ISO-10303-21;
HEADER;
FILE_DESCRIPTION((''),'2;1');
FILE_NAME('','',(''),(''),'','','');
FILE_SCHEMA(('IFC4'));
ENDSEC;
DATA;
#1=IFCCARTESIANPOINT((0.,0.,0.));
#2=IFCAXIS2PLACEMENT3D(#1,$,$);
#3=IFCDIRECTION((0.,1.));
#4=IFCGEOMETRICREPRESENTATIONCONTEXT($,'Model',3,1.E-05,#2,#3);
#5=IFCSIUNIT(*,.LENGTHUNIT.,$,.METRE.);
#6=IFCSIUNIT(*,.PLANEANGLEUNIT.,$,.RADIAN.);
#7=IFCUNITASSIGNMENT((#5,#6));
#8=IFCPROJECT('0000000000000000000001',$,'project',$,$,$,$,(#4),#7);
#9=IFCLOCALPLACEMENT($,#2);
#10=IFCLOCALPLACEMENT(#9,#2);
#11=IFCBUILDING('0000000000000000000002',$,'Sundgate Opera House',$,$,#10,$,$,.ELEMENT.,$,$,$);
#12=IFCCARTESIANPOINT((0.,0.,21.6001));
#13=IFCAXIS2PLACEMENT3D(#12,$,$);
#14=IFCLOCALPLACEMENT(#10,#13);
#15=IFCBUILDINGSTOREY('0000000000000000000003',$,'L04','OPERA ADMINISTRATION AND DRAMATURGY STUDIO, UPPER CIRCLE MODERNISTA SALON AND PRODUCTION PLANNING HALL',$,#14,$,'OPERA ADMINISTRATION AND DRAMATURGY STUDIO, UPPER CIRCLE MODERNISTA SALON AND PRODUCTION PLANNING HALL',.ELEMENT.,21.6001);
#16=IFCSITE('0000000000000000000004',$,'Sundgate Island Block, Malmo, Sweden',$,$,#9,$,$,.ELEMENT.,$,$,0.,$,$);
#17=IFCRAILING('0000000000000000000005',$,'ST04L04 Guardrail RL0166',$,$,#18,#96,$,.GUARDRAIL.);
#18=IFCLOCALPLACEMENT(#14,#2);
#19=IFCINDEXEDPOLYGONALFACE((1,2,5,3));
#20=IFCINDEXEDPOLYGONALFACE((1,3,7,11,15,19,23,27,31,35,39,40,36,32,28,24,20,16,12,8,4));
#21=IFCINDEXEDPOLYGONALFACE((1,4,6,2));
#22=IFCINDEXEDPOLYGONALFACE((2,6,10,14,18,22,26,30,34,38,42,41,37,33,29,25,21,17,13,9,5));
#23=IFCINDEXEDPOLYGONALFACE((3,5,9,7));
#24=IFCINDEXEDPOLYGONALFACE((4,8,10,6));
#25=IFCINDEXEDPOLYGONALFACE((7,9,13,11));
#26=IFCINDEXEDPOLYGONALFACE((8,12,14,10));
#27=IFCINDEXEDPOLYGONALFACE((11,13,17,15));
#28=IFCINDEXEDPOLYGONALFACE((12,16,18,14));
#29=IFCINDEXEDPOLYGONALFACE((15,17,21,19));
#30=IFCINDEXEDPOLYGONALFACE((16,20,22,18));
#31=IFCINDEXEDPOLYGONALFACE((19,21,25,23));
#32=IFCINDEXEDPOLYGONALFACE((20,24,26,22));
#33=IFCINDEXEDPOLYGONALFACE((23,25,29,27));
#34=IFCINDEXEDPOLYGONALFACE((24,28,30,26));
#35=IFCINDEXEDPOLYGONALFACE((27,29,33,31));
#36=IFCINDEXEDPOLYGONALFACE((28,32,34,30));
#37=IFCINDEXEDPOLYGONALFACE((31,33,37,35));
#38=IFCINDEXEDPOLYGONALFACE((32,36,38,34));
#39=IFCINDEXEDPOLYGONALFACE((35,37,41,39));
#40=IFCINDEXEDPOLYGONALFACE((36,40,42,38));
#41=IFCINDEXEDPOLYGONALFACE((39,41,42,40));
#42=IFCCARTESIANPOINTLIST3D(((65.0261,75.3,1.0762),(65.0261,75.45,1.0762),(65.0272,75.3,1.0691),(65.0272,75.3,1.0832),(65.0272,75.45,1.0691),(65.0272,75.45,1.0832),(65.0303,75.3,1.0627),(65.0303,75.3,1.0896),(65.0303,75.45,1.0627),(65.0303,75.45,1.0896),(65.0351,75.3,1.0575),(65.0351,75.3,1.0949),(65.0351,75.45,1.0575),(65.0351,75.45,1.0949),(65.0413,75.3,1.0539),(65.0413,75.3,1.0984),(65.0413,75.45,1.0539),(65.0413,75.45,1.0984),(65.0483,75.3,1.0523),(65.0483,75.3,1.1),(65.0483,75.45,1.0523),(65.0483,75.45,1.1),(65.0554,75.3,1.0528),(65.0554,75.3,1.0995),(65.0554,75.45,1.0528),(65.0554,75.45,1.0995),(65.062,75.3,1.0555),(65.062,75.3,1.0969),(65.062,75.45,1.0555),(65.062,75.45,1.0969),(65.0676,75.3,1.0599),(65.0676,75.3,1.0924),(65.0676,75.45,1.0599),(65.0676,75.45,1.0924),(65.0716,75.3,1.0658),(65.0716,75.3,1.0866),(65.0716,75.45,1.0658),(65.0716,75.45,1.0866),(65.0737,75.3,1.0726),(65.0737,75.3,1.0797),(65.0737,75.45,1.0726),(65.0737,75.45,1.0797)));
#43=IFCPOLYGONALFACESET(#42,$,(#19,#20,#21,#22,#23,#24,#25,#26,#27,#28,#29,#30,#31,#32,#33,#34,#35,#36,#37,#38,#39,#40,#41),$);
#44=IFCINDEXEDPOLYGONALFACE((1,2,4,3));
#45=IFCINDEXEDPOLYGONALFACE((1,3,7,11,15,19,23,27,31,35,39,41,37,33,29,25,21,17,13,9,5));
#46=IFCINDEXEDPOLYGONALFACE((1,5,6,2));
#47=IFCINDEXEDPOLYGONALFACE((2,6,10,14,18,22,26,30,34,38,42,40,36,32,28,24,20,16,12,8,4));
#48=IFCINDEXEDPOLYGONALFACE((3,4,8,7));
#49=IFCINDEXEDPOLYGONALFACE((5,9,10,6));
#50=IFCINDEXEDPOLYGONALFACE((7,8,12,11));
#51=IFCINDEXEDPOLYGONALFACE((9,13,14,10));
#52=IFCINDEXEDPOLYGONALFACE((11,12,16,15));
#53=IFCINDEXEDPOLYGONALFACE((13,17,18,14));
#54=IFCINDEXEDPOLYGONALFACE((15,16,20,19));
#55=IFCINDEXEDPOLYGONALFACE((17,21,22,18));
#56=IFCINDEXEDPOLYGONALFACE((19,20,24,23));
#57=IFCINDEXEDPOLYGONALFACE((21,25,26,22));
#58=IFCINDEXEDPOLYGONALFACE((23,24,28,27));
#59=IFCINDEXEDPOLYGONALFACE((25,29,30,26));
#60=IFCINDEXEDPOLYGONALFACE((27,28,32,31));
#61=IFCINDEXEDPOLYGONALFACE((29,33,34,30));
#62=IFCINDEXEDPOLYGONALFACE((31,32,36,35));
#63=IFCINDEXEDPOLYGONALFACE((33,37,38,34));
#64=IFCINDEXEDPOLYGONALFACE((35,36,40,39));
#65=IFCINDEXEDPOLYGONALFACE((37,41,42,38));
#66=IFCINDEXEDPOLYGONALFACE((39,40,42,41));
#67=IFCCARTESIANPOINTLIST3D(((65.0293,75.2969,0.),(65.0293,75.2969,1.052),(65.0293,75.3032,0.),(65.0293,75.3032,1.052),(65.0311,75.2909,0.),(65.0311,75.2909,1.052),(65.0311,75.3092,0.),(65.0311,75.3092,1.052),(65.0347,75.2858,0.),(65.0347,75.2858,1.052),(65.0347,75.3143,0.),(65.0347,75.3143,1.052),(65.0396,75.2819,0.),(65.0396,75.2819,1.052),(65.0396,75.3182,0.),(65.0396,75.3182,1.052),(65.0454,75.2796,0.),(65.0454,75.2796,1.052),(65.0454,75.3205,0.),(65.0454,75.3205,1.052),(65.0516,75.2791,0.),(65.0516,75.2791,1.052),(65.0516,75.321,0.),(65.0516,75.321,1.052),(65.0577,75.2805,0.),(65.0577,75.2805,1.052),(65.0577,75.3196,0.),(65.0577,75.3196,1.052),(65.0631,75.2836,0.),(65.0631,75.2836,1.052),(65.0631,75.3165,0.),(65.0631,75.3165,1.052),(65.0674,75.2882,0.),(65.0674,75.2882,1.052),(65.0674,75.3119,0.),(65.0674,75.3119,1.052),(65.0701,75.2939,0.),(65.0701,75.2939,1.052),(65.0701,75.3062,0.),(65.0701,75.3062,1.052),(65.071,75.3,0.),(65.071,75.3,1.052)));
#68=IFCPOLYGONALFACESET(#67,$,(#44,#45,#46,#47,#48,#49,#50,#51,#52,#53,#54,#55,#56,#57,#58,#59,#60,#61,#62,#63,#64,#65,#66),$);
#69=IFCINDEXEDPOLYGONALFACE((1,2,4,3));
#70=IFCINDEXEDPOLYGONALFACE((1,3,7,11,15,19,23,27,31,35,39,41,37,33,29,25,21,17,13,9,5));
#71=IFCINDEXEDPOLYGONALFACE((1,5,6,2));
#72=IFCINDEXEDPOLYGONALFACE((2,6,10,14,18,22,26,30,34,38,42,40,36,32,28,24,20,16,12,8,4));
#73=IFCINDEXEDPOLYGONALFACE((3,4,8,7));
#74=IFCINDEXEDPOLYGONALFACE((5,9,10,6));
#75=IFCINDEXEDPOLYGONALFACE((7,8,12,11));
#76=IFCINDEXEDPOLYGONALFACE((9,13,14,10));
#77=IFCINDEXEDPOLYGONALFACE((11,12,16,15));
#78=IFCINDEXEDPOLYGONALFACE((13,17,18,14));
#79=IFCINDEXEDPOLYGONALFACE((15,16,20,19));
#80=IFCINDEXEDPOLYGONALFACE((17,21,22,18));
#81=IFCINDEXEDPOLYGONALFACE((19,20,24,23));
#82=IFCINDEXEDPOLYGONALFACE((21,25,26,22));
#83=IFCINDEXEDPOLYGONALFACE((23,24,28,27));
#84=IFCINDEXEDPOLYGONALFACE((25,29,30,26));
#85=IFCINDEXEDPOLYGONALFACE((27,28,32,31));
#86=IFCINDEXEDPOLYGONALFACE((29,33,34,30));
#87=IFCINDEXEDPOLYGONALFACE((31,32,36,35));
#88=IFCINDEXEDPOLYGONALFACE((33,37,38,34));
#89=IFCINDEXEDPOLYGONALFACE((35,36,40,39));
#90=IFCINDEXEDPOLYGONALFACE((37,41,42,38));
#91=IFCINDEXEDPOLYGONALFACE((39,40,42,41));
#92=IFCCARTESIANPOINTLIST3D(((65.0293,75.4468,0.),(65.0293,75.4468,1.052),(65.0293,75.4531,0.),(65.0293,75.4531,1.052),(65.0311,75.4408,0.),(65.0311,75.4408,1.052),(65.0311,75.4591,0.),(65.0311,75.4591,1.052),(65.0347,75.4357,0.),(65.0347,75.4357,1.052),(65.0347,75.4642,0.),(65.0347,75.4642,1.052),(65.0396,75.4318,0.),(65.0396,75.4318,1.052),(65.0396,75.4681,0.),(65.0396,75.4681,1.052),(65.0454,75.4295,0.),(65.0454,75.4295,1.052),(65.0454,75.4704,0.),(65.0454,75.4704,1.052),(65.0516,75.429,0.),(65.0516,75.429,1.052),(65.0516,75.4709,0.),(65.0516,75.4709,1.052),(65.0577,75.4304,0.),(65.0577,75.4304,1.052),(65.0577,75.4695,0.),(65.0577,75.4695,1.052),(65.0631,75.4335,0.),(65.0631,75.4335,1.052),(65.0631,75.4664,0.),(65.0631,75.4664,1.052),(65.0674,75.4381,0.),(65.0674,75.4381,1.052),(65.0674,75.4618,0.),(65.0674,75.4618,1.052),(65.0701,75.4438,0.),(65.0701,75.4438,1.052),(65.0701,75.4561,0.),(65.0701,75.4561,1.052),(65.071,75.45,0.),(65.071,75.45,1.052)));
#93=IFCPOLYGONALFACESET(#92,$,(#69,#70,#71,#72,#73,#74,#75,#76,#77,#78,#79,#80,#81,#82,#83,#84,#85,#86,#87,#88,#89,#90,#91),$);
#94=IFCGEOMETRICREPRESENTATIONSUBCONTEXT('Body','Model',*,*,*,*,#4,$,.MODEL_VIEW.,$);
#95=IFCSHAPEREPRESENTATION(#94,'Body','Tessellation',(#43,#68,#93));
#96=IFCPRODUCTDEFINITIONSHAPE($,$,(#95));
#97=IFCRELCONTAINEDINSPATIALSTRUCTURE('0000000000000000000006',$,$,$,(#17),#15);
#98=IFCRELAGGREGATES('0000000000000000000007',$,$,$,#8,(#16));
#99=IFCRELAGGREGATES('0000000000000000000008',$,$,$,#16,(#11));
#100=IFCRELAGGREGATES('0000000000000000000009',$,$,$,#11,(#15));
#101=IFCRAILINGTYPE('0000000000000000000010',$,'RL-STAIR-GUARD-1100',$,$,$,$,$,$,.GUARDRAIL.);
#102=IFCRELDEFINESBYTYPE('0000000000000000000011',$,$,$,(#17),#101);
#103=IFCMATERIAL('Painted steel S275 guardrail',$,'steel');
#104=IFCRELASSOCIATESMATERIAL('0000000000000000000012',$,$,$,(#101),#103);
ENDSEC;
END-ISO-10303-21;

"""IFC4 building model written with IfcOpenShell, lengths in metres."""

from ifc_helpers import new_model, si_unit, direction, frame, origin, origin_2d, place, context, subcontext, project, spatial, circle, extrude, material, type_object, element, save


model = new_model("IFC4")

# Units and contexts
model_context = context("Model", 3, precision=1e-05, world=origin(), true_north=direction((0.0, 1.0)))
body_context = subcontext(model_context, "Body", "Model", "MODEL_VIEW")
ifc_project = project(units=[si_unit("LENGTHUNIT", "METRE"), si_unit("PLANEANGLEUNIT", "RADIAN")], contexts=[model_context])

# Site, building, storey
site_placement = place(None, origin())
site = spatial("IfcSite", under=ifc_project, at=site_placement, Name="Sundgate Island Block, Malmo, Sweden", CompositionType="ELEMENT", RefElevation=0.0)
building_placement = place(site_placement, origin())
building = spatial("IfcBuilding", under=site, at=building_placement, Name="Sundgate Opera House", CompositionType="ELEMENT")
storey_placement = place(building_placement, frame((0.0, 0.0, 21.6001)))
storey = spatial("IfcBuildingStorey", under=building, at=storey_placement, Name="L04", Description="OPERA ADMINISTRATION AND DRAMATURGY STUDIO, UPPER CIRCLE MODERNISTA SALON AND PRODUCTION PLANNING HALL", LongName="OPERA ADMINISTRATION AND DRAMATURGY STUDIO, UPPER CIRCLE MODERNISTA SALON AND PRODUCTION PLANNING HALL", CompositionType="ELEMENT", Elevation=21.6001)

# Railing
ifc_material_1 = material(Name="Painted steel S275 guardrail", Category="steel")
railing_type_1 = type_object("IfcRailingType", Name="RL-STAIR-GUARD-1100", PredefinedType="GUARDRAIL", material=ifc_material_1)
railing_1_placement = place(storey_placement, frame((65.05, 75.3, 0.0)))
element("IfcRailing", 1, at=railing_1_placement, inside=storey, type_object=railing_type_1, Name="ST04L04 Guardrail RL0166", PredefinedType="GUARDRAIL", context=body_context, shape_type="SweptSolid", body=[
    extrude(circle(Radius=0.0239, at=origin_2d()), frame((0.0, 0.0, 1.0762), z_axis=(0.0, 1.0, 0.0), x_axis=(-1.0, 0.0, 0.0)), (0.0, 0.0, 1.0), 0.1499),
    extrude(circle(Radius=0.021, at=origin_2d()), origin(), (0.0, 0.0, 1.0), 1.052),
    extrude(circle(Radius=0.021, at=origin_2d()), frame((0.0, 0.1499, 0.0)), (0.0, 0.0, 1.0), 1.052),
])

save(model, "model.ifc")
